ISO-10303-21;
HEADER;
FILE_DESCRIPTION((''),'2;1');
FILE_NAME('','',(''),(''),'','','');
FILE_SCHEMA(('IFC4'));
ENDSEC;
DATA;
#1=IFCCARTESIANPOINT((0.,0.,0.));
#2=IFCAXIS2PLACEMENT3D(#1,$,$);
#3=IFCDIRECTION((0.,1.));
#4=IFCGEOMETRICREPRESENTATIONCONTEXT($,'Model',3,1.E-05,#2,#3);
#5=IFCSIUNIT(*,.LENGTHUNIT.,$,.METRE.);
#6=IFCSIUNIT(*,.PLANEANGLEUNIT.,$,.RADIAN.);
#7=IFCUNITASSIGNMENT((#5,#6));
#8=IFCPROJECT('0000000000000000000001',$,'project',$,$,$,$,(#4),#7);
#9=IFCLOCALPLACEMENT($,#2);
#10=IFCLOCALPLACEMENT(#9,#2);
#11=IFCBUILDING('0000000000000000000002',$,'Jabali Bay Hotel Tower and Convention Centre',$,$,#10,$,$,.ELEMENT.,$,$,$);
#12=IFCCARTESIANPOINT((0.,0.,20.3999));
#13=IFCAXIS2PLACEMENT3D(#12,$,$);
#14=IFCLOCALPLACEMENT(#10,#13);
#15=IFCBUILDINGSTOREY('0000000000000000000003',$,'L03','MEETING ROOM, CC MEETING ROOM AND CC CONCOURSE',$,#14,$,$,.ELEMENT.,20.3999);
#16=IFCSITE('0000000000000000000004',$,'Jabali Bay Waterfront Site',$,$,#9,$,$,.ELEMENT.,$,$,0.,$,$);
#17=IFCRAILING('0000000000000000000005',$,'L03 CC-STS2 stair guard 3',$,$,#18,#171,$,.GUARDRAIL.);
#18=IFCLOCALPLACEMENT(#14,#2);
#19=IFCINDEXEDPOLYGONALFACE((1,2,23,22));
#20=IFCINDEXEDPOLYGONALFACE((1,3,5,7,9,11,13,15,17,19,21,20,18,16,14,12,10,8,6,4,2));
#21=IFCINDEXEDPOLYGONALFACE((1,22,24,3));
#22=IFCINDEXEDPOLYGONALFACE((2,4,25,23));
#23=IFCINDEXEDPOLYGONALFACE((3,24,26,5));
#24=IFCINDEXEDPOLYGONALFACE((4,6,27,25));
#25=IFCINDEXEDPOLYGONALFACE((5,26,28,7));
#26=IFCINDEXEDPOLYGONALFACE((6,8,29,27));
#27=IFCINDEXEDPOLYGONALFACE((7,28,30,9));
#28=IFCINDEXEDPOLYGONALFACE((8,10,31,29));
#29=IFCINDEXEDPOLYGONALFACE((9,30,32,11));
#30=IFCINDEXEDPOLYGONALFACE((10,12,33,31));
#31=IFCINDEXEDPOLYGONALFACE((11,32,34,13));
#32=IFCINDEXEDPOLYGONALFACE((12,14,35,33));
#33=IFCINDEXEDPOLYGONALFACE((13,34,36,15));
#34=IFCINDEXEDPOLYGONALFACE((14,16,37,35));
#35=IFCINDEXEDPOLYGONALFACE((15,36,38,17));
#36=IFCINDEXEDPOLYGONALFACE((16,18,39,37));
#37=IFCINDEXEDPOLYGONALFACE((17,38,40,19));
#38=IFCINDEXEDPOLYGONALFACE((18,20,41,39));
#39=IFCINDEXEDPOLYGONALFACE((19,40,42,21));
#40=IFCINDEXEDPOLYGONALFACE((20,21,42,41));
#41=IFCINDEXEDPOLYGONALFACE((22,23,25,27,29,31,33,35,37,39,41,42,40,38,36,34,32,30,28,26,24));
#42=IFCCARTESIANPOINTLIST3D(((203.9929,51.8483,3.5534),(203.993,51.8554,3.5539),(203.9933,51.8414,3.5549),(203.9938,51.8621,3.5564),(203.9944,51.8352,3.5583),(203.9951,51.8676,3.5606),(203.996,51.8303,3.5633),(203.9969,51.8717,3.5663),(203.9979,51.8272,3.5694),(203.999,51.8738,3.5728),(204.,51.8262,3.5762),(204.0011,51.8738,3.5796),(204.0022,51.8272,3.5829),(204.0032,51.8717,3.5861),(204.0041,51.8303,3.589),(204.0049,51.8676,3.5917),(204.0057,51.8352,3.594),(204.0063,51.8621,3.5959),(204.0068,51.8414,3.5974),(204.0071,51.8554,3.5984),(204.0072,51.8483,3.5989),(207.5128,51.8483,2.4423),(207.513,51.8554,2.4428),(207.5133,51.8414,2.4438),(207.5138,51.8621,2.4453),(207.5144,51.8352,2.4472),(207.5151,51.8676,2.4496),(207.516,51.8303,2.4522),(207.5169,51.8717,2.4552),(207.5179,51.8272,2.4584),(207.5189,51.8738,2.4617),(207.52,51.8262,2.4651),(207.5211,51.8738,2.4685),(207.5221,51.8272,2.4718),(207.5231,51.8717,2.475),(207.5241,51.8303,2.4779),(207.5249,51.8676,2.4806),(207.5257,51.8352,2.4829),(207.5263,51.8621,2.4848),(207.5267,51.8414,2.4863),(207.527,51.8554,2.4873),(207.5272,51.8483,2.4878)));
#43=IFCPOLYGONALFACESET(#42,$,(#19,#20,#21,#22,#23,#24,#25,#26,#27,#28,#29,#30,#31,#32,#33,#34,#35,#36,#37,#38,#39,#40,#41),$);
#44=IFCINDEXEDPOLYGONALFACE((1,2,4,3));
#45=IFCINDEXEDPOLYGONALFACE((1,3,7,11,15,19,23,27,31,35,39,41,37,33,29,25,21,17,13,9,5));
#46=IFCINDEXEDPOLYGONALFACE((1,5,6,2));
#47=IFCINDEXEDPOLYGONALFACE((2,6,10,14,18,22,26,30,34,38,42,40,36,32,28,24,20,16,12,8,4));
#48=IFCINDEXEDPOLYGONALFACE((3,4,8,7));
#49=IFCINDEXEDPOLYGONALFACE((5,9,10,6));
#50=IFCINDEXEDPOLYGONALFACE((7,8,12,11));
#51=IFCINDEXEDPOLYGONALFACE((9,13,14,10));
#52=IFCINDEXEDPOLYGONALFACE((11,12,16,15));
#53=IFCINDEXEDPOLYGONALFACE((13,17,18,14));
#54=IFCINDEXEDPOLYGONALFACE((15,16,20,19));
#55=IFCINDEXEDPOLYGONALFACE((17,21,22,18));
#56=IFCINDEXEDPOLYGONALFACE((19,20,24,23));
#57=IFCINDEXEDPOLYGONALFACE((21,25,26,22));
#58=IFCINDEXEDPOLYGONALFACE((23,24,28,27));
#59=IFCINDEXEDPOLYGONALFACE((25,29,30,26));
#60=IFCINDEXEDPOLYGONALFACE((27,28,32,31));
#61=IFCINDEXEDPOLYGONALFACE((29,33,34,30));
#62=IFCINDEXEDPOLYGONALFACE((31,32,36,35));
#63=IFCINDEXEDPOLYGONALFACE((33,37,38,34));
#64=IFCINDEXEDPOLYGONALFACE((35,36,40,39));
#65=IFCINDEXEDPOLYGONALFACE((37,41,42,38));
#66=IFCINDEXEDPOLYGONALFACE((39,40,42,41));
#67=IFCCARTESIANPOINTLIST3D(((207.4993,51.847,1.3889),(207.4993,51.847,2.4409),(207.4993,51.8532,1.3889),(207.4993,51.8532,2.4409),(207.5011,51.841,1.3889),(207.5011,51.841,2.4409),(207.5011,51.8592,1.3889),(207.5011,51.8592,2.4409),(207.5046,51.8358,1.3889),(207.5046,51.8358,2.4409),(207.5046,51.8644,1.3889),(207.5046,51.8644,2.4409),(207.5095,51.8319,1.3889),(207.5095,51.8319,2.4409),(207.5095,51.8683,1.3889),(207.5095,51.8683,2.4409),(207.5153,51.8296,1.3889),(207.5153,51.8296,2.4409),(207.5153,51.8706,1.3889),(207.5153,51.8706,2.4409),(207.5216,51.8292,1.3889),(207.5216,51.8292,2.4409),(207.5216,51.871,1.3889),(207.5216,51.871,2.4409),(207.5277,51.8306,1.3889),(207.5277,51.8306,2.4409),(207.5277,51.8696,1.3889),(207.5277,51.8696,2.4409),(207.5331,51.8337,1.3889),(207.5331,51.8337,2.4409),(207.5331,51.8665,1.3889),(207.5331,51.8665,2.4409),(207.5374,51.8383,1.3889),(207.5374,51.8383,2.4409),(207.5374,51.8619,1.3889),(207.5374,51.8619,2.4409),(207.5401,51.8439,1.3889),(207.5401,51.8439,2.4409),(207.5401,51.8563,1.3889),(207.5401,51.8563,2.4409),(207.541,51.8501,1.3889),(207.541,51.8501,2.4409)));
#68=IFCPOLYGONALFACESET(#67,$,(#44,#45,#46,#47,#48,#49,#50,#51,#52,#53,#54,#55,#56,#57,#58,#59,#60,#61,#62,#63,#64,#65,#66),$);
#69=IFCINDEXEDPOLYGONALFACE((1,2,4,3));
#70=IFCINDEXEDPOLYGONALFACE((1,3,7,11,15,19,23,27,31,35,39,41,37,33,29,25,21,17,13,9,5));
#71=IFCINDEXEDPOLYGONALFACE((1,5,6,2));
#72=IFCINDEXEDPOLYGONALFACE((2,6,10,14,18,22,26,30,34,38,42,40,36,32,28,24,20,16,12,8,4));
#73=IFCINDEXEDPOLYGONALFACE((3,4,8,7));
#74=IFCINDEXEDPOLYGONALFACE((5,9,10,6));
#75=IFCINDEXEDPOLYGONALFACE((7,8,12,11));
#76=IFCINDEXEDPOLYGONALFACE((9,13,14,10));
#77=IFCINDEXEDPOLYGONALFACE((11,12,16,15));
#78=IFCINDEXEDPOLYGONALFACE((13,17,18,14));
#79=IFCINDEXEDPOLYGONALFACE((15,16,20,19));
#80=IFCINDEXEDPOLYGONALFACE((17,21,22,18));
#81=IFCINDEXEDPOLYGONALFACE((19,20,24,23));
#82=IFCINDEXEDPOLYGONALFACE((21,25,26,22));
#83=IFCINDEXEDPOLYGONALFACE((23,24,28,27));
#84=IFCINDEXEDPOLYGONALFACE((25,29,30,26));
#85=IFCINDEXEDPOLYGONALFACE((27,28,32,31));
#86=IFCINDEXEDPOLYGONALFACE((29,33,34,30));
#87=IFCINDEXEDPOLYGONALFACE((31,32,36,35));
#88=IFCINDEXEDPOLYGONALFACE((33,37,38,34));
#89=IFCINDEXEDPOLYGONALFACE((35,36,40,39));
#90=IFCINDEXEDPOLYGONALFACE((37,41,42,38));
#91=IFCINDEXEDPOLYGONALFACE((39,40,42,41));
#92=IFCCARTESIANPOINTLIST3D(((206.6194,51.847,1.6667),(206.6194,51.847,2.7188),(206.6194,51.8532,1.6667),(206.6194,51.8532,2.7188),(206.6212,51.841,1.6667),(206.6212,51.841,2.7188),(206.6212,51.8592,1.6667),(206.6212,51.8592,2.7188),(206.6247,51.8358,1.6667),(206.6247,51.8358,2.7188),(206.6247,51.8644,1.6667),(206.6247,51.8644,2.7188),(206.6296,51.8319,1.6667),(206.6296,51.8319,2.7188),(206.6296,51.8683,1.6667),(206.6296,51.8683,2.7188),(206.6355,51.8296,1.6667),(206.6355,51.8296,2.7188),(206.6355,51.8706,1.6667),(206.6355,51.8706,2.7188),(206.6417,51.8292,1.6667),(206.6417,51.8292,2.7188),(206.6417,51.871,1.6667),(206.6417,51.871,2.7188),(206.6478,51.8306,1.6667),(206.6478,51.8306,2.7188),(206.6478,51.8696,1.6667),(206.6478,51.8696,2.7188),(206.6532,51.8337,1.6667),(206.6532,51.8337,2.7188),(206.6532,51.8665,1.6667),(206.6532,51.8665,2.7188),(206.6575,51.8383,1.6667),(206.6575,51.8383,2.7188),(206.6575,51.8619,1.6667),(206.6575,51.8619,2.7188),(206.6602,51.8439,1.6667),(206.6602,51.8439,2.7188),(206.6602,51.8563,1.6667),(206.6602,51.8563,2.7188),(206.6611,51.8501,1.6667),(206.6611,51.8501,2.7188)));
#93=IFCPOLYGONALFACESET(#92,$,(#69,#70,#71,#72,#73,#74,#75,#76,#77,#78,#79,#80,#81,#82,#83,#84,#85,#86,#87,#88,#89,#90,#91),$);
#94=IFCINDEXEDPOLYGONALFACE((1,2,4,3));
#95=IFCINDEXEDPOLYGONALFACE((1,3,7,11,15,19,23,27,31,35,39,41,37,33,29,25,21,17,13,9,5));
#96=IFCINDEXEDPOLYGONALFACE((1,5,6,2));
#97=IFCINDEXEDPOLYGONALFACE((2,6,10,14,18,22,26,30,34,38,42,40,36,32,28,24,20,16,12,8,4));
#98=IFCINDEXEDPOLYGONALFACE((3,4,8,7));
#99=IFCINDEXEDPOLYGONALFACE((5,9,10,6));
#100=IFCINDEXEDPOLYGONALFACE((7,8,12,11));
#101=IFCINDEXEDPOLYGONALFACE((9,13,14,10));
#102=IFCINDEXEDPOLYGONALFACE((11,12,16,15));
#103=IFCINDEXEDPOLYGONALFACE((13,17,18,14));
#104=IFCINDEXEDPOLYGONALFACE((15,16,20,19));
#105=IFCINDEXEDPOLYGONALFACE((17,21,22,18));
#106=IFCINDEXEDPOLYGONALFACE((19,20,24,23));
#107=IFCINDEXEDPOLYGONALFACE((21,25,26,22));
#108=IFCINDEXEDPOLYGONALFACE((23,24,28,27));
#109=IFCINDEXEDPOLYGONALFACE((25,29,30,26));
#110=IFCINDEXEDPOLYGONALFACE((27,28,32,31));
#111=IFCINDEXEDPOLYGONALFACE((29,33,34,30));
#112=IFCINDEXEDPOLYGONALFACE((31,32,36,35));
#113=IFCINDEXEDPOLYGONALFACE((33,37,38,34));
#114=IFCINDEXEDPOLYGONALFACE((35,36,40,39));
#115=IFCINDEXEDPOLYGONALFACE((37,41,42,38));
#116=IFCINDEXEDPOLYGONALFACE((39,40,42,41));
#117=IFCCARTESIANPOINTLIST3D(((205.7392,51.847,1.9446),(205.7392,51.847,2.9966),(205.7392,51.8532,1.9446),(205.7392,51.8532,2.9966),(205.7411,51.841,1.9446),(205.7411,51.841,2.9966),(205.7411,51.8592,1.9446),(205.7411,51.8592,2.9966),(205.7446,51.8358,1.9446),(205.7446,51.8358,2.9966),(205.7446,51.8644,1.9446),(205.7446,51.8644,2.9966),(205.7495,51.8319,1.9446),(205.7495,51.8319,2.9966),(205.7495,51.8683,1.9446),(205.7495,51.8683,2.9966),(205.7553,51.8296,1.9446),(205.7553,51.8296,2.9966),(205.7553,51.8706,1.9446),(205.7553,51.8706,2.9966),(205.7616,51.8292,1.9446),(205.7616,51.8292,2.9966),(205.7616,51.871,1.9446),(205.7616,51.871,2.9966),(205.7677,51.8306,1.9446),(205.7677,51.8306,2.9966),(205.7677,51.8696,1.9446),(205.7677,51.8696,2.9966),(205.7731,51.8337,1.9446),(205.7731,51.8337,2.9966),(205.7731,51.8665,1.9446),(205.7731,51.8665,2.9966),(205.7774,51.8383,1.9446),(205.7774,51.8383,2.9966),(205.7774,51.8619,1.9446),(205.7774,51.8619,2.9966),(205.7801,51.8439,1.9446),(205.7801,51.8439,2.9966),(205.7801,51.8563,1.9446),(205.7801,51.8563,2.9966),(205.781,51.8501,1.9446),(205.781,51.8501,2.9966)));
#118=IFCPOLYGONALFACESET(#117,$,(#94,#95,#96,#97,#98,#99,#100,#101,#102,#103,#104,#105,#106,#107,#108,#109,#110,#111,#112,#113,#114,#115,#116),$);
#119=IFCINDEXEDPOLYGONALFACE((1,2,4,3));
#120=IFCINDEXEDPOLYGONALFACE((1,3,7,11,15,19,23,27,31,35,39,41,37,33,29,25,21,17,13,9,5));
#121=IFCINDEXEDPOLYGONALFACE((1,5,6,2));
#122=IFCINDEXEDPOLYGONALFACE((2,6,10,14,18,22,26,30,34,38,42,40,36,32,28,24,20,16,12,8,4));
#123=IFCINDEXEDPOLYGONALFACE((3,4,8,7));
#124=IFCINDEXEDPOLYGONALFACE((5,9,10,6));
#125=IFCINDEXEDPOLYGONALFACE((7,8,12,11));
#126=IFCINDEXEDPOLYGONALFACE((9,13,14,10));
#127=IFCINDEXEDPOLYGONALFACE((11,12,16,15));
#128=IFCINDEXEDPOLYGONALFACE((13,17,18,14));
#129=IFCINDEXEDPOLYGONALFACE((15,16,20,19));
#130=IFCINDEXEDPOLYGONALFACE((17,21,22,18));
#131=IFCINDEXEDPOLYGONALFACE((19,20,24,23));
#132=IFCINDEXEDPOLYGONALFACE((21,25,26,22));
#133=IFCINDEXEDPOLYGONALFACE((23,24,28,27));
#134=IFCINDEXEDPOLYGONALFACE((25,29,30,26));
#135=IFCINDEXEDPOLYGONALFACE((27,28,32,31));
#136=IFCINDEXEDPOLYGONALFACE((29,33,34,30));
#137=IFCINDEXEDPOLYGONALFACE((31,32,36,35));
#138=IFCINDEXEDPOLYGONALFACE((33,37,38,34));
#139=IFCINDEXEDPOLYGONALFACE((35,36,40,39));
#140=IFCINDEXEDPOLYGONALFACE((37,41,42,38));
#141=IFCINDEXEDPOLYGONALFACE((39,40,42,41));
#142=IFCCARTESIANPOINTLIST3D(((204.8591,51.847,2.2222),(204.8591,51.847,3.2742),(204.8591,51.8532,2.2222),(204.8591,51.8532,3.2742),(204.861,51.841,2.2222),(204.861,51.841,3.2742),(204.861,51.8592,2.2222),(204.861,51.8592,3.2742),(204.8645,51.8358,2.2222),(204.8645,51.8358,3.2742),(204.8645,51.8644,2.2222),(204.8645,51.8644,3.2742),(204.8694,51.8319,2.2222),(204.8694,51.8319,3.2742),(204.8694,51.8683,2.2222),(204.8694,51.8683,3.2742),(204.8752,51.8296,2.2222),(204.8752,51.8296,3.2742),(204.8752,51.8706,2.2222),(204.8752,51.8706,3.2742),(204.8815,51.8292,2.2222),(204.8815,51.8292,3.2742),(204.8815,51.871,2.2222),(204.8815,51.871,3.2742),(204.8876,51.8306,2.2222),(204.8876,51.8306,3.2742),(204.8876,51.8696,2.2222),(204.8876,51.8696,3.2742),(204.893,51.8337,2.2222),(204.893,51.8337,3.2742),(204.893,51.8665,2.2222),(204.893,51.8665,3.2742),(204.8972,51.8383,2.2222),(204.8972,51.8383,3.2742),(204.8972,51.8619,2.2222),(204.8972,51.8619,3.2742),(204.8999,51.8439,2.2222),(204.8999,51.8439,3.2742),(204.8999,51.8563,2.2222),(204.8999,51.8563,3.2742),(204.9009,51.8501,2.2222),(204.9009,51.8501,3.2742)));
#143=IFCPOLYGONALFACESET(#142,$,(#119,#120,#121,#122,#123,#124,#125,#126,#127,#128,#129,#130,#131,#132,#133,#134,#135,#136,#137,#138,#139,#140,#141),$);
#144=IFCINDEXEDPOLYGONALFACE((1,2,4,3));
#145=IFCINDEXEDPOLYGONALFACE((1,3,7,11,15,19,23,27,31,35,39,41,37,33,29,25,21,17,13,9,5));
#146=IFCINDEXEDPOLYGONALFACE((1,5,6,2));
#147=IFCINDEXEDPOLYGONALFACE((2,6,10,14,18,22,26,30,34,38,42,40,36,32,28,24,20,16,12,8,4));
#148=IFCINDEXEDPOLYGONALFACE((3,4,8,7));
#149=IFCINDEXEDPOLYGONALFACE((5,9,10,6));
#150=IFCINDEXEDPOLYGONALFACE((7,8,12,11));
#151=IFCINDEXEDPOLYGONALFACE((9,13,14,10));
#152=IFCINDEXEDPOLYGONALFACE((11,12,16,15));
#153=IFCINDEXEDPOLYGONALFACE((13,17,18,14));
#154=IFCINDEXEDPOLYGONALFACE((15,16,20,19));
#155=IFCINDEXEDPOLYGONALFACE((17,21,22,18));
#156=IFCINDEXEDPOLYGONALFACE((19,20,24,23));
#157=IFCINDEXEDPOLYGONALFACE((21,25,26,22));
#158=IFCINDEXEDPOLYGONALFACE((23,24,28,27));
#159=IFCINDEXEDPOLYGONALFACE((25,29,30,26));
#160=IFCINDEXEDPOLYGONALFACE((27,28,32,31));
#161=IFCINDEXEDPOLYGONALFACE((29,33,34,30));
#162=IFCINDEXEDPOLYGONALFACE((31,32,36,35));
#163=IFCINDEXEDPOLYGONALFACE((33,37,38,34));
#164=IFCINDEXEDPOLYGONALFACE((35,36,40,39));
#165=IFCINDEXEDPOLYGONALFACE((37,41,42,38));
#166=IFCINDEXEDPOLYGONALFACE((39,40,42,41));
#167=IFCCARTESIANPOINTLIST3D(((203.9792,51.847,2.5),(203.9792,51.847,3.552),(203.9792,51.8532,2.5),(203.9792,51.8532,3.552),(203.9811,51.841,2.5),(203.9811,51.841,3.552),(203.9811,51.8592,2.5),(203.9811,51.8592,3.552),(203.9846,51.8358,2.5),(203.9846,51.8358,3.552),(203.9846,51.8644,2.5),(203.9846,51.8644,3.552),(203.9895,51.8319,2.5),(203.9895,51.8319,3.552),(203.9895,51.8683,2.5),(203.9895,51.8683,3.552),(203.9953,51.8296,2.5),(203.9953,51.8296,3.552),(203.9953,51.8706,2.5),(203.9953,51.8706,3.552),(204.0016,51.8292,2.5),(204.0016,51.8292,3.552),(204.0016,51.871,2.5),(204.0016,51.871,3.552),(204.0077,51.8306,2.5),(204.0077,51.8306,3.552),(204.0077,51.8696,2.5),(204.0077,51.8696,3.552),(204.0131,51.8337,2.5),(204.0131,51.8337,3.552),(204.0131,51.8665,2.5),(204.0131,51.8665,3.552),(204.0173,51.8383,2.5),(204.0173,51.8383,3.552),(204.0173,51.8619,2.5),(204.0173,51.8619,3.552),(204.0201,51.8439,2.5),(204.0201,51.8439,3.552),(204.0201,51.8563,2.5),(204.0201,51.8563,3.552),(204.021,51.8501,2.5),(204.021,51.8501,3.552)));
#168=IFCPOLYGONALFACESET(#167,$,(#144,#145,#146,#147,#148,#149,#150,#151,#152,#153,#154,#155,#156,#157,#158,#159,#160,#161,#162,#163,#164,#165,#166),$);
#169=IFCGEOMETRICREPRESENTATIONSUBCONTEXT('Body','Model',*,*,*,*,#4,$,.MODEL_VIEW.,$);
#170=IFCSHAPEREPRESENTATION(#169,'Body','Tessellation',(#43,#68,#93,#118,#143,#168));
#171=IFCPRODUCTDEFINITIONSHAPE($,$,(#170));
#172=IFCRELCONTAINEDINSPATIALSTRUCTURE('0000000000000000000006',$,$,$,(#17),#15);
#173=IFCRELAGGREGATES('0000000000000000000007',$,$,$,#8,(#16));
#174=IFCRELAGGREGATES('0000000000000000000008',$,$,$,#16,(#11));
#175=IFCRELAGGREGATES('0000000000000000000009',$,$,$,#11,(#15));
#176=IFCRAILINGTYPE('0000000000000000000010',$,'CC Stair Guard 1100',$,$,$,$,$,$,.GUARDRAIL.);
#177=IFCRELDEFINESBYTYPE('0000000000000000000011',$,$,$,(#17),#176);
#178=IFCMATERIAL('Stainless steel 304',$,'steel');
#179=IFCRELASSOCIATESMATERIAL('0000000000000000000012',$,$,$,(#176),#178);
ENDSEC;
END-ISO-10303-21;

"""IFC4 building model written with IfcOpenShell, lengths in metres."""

from ifc_helpers import new_model, si_unit, direction, frame, origin, origin_2d, place, context, subcontext, project, spatial, circle, extrude, material, type_object, element, save


model = new_model("IFC4")

# Units and contexts
model_context = context("Model", 3, precision=1e-05, world=origin(), true_north=direction((0.0, 1.0)))
body_context = subcontext(model_context, "Body", "Model", "MODEL_VIEW")
ifc_project = project(units=[si_unit("LENGTHUNIT", "METRE"), si_unit("PLANEANGLEUNIT", "RADIAN")], contexts=[model_context])

# Site, building, storey
site_placement = place(None, origin())
site = spatial("IfcSite", under=ifc_project, at=site_placement, Name="Jabali Bay Waterfront Site", CompositionType="ELEMENT", RefElevation=0.0)
building_placement = place(site_placement, origin())
building = spatial("IfcBuilding", under=site, at=building_placement, Name="Jabali Bay Hotel Tower and Convention Centre", CompositionType="ELEMENT")
storey_placement = place(building_placement, frame((0.0, 0.0, 20.3999)))
storey = spatial("IfcBuildingStorey", under=building, at=storey_placement, Name="L03", Description="MEETING ROOM, CC MEETING ROOM AND CC CONCOURSE", CompositionType="ELEMENT", Elevation=20.3999)

# Railing
ifc_material_1 = material(Name="Stainless steel 304", Category="steel")
railing_type_1 = type_object("IfcRailingType", Name="CC Stair Guard 1100", PredefinedType="GUARDRAIL", material=ifc_material_1)
railing_1_placement = place(storey_placement, frame((207.52, 51.8501, 1.3889)))
element("IfcRailing", 1, at=railing_1_placement, inside=storey, type_object=railing_type_1, Name="L03 CC-STS2 stair guard 3", PredefinedType="GUARDRAIL", context=body_context, shape_type="SweptSolid", body=[
    extrude(circle(Radius=0.0239, at=origin_2d()), frame((0.0, 0.0, 1.0762), z_axis=(-0.953622, 0.0, 0.301008), x_axis=(0.0, -1.0, 0.0)), (0.0, 0.0, 1.0), 3.6912),
    extrude(circle(Radius=0.021, at=origin_2d()), origin(), (0.0, 0.0, 1.0), 1.052),
    extrude(circle(Radius=0.021, at=origin_2d()), frame((-0.8799, 0.0, 0.2778)), (0.0, 0.0, 1.0), 1.052),
    extrude(circle(Radius=0.021, at=origin_2d()), frame((-1.76, 0.0, 0.5557)), (0.0, 0.0, 1.0), 1.052),
    extrude(circle(Radius=0.021, at=origin_2d()), frame((-2.6401, 0.0, 0.8333)), (0.0, 0.0, 1.0), 1.052),
    extrude(circle(Radius=0.021, at=origin_2d()), frame((-3.52, 0.0, 1.1111)), (0.0, 0.0, 1.0), 1.052),
])

save(model, "model.ifc")
